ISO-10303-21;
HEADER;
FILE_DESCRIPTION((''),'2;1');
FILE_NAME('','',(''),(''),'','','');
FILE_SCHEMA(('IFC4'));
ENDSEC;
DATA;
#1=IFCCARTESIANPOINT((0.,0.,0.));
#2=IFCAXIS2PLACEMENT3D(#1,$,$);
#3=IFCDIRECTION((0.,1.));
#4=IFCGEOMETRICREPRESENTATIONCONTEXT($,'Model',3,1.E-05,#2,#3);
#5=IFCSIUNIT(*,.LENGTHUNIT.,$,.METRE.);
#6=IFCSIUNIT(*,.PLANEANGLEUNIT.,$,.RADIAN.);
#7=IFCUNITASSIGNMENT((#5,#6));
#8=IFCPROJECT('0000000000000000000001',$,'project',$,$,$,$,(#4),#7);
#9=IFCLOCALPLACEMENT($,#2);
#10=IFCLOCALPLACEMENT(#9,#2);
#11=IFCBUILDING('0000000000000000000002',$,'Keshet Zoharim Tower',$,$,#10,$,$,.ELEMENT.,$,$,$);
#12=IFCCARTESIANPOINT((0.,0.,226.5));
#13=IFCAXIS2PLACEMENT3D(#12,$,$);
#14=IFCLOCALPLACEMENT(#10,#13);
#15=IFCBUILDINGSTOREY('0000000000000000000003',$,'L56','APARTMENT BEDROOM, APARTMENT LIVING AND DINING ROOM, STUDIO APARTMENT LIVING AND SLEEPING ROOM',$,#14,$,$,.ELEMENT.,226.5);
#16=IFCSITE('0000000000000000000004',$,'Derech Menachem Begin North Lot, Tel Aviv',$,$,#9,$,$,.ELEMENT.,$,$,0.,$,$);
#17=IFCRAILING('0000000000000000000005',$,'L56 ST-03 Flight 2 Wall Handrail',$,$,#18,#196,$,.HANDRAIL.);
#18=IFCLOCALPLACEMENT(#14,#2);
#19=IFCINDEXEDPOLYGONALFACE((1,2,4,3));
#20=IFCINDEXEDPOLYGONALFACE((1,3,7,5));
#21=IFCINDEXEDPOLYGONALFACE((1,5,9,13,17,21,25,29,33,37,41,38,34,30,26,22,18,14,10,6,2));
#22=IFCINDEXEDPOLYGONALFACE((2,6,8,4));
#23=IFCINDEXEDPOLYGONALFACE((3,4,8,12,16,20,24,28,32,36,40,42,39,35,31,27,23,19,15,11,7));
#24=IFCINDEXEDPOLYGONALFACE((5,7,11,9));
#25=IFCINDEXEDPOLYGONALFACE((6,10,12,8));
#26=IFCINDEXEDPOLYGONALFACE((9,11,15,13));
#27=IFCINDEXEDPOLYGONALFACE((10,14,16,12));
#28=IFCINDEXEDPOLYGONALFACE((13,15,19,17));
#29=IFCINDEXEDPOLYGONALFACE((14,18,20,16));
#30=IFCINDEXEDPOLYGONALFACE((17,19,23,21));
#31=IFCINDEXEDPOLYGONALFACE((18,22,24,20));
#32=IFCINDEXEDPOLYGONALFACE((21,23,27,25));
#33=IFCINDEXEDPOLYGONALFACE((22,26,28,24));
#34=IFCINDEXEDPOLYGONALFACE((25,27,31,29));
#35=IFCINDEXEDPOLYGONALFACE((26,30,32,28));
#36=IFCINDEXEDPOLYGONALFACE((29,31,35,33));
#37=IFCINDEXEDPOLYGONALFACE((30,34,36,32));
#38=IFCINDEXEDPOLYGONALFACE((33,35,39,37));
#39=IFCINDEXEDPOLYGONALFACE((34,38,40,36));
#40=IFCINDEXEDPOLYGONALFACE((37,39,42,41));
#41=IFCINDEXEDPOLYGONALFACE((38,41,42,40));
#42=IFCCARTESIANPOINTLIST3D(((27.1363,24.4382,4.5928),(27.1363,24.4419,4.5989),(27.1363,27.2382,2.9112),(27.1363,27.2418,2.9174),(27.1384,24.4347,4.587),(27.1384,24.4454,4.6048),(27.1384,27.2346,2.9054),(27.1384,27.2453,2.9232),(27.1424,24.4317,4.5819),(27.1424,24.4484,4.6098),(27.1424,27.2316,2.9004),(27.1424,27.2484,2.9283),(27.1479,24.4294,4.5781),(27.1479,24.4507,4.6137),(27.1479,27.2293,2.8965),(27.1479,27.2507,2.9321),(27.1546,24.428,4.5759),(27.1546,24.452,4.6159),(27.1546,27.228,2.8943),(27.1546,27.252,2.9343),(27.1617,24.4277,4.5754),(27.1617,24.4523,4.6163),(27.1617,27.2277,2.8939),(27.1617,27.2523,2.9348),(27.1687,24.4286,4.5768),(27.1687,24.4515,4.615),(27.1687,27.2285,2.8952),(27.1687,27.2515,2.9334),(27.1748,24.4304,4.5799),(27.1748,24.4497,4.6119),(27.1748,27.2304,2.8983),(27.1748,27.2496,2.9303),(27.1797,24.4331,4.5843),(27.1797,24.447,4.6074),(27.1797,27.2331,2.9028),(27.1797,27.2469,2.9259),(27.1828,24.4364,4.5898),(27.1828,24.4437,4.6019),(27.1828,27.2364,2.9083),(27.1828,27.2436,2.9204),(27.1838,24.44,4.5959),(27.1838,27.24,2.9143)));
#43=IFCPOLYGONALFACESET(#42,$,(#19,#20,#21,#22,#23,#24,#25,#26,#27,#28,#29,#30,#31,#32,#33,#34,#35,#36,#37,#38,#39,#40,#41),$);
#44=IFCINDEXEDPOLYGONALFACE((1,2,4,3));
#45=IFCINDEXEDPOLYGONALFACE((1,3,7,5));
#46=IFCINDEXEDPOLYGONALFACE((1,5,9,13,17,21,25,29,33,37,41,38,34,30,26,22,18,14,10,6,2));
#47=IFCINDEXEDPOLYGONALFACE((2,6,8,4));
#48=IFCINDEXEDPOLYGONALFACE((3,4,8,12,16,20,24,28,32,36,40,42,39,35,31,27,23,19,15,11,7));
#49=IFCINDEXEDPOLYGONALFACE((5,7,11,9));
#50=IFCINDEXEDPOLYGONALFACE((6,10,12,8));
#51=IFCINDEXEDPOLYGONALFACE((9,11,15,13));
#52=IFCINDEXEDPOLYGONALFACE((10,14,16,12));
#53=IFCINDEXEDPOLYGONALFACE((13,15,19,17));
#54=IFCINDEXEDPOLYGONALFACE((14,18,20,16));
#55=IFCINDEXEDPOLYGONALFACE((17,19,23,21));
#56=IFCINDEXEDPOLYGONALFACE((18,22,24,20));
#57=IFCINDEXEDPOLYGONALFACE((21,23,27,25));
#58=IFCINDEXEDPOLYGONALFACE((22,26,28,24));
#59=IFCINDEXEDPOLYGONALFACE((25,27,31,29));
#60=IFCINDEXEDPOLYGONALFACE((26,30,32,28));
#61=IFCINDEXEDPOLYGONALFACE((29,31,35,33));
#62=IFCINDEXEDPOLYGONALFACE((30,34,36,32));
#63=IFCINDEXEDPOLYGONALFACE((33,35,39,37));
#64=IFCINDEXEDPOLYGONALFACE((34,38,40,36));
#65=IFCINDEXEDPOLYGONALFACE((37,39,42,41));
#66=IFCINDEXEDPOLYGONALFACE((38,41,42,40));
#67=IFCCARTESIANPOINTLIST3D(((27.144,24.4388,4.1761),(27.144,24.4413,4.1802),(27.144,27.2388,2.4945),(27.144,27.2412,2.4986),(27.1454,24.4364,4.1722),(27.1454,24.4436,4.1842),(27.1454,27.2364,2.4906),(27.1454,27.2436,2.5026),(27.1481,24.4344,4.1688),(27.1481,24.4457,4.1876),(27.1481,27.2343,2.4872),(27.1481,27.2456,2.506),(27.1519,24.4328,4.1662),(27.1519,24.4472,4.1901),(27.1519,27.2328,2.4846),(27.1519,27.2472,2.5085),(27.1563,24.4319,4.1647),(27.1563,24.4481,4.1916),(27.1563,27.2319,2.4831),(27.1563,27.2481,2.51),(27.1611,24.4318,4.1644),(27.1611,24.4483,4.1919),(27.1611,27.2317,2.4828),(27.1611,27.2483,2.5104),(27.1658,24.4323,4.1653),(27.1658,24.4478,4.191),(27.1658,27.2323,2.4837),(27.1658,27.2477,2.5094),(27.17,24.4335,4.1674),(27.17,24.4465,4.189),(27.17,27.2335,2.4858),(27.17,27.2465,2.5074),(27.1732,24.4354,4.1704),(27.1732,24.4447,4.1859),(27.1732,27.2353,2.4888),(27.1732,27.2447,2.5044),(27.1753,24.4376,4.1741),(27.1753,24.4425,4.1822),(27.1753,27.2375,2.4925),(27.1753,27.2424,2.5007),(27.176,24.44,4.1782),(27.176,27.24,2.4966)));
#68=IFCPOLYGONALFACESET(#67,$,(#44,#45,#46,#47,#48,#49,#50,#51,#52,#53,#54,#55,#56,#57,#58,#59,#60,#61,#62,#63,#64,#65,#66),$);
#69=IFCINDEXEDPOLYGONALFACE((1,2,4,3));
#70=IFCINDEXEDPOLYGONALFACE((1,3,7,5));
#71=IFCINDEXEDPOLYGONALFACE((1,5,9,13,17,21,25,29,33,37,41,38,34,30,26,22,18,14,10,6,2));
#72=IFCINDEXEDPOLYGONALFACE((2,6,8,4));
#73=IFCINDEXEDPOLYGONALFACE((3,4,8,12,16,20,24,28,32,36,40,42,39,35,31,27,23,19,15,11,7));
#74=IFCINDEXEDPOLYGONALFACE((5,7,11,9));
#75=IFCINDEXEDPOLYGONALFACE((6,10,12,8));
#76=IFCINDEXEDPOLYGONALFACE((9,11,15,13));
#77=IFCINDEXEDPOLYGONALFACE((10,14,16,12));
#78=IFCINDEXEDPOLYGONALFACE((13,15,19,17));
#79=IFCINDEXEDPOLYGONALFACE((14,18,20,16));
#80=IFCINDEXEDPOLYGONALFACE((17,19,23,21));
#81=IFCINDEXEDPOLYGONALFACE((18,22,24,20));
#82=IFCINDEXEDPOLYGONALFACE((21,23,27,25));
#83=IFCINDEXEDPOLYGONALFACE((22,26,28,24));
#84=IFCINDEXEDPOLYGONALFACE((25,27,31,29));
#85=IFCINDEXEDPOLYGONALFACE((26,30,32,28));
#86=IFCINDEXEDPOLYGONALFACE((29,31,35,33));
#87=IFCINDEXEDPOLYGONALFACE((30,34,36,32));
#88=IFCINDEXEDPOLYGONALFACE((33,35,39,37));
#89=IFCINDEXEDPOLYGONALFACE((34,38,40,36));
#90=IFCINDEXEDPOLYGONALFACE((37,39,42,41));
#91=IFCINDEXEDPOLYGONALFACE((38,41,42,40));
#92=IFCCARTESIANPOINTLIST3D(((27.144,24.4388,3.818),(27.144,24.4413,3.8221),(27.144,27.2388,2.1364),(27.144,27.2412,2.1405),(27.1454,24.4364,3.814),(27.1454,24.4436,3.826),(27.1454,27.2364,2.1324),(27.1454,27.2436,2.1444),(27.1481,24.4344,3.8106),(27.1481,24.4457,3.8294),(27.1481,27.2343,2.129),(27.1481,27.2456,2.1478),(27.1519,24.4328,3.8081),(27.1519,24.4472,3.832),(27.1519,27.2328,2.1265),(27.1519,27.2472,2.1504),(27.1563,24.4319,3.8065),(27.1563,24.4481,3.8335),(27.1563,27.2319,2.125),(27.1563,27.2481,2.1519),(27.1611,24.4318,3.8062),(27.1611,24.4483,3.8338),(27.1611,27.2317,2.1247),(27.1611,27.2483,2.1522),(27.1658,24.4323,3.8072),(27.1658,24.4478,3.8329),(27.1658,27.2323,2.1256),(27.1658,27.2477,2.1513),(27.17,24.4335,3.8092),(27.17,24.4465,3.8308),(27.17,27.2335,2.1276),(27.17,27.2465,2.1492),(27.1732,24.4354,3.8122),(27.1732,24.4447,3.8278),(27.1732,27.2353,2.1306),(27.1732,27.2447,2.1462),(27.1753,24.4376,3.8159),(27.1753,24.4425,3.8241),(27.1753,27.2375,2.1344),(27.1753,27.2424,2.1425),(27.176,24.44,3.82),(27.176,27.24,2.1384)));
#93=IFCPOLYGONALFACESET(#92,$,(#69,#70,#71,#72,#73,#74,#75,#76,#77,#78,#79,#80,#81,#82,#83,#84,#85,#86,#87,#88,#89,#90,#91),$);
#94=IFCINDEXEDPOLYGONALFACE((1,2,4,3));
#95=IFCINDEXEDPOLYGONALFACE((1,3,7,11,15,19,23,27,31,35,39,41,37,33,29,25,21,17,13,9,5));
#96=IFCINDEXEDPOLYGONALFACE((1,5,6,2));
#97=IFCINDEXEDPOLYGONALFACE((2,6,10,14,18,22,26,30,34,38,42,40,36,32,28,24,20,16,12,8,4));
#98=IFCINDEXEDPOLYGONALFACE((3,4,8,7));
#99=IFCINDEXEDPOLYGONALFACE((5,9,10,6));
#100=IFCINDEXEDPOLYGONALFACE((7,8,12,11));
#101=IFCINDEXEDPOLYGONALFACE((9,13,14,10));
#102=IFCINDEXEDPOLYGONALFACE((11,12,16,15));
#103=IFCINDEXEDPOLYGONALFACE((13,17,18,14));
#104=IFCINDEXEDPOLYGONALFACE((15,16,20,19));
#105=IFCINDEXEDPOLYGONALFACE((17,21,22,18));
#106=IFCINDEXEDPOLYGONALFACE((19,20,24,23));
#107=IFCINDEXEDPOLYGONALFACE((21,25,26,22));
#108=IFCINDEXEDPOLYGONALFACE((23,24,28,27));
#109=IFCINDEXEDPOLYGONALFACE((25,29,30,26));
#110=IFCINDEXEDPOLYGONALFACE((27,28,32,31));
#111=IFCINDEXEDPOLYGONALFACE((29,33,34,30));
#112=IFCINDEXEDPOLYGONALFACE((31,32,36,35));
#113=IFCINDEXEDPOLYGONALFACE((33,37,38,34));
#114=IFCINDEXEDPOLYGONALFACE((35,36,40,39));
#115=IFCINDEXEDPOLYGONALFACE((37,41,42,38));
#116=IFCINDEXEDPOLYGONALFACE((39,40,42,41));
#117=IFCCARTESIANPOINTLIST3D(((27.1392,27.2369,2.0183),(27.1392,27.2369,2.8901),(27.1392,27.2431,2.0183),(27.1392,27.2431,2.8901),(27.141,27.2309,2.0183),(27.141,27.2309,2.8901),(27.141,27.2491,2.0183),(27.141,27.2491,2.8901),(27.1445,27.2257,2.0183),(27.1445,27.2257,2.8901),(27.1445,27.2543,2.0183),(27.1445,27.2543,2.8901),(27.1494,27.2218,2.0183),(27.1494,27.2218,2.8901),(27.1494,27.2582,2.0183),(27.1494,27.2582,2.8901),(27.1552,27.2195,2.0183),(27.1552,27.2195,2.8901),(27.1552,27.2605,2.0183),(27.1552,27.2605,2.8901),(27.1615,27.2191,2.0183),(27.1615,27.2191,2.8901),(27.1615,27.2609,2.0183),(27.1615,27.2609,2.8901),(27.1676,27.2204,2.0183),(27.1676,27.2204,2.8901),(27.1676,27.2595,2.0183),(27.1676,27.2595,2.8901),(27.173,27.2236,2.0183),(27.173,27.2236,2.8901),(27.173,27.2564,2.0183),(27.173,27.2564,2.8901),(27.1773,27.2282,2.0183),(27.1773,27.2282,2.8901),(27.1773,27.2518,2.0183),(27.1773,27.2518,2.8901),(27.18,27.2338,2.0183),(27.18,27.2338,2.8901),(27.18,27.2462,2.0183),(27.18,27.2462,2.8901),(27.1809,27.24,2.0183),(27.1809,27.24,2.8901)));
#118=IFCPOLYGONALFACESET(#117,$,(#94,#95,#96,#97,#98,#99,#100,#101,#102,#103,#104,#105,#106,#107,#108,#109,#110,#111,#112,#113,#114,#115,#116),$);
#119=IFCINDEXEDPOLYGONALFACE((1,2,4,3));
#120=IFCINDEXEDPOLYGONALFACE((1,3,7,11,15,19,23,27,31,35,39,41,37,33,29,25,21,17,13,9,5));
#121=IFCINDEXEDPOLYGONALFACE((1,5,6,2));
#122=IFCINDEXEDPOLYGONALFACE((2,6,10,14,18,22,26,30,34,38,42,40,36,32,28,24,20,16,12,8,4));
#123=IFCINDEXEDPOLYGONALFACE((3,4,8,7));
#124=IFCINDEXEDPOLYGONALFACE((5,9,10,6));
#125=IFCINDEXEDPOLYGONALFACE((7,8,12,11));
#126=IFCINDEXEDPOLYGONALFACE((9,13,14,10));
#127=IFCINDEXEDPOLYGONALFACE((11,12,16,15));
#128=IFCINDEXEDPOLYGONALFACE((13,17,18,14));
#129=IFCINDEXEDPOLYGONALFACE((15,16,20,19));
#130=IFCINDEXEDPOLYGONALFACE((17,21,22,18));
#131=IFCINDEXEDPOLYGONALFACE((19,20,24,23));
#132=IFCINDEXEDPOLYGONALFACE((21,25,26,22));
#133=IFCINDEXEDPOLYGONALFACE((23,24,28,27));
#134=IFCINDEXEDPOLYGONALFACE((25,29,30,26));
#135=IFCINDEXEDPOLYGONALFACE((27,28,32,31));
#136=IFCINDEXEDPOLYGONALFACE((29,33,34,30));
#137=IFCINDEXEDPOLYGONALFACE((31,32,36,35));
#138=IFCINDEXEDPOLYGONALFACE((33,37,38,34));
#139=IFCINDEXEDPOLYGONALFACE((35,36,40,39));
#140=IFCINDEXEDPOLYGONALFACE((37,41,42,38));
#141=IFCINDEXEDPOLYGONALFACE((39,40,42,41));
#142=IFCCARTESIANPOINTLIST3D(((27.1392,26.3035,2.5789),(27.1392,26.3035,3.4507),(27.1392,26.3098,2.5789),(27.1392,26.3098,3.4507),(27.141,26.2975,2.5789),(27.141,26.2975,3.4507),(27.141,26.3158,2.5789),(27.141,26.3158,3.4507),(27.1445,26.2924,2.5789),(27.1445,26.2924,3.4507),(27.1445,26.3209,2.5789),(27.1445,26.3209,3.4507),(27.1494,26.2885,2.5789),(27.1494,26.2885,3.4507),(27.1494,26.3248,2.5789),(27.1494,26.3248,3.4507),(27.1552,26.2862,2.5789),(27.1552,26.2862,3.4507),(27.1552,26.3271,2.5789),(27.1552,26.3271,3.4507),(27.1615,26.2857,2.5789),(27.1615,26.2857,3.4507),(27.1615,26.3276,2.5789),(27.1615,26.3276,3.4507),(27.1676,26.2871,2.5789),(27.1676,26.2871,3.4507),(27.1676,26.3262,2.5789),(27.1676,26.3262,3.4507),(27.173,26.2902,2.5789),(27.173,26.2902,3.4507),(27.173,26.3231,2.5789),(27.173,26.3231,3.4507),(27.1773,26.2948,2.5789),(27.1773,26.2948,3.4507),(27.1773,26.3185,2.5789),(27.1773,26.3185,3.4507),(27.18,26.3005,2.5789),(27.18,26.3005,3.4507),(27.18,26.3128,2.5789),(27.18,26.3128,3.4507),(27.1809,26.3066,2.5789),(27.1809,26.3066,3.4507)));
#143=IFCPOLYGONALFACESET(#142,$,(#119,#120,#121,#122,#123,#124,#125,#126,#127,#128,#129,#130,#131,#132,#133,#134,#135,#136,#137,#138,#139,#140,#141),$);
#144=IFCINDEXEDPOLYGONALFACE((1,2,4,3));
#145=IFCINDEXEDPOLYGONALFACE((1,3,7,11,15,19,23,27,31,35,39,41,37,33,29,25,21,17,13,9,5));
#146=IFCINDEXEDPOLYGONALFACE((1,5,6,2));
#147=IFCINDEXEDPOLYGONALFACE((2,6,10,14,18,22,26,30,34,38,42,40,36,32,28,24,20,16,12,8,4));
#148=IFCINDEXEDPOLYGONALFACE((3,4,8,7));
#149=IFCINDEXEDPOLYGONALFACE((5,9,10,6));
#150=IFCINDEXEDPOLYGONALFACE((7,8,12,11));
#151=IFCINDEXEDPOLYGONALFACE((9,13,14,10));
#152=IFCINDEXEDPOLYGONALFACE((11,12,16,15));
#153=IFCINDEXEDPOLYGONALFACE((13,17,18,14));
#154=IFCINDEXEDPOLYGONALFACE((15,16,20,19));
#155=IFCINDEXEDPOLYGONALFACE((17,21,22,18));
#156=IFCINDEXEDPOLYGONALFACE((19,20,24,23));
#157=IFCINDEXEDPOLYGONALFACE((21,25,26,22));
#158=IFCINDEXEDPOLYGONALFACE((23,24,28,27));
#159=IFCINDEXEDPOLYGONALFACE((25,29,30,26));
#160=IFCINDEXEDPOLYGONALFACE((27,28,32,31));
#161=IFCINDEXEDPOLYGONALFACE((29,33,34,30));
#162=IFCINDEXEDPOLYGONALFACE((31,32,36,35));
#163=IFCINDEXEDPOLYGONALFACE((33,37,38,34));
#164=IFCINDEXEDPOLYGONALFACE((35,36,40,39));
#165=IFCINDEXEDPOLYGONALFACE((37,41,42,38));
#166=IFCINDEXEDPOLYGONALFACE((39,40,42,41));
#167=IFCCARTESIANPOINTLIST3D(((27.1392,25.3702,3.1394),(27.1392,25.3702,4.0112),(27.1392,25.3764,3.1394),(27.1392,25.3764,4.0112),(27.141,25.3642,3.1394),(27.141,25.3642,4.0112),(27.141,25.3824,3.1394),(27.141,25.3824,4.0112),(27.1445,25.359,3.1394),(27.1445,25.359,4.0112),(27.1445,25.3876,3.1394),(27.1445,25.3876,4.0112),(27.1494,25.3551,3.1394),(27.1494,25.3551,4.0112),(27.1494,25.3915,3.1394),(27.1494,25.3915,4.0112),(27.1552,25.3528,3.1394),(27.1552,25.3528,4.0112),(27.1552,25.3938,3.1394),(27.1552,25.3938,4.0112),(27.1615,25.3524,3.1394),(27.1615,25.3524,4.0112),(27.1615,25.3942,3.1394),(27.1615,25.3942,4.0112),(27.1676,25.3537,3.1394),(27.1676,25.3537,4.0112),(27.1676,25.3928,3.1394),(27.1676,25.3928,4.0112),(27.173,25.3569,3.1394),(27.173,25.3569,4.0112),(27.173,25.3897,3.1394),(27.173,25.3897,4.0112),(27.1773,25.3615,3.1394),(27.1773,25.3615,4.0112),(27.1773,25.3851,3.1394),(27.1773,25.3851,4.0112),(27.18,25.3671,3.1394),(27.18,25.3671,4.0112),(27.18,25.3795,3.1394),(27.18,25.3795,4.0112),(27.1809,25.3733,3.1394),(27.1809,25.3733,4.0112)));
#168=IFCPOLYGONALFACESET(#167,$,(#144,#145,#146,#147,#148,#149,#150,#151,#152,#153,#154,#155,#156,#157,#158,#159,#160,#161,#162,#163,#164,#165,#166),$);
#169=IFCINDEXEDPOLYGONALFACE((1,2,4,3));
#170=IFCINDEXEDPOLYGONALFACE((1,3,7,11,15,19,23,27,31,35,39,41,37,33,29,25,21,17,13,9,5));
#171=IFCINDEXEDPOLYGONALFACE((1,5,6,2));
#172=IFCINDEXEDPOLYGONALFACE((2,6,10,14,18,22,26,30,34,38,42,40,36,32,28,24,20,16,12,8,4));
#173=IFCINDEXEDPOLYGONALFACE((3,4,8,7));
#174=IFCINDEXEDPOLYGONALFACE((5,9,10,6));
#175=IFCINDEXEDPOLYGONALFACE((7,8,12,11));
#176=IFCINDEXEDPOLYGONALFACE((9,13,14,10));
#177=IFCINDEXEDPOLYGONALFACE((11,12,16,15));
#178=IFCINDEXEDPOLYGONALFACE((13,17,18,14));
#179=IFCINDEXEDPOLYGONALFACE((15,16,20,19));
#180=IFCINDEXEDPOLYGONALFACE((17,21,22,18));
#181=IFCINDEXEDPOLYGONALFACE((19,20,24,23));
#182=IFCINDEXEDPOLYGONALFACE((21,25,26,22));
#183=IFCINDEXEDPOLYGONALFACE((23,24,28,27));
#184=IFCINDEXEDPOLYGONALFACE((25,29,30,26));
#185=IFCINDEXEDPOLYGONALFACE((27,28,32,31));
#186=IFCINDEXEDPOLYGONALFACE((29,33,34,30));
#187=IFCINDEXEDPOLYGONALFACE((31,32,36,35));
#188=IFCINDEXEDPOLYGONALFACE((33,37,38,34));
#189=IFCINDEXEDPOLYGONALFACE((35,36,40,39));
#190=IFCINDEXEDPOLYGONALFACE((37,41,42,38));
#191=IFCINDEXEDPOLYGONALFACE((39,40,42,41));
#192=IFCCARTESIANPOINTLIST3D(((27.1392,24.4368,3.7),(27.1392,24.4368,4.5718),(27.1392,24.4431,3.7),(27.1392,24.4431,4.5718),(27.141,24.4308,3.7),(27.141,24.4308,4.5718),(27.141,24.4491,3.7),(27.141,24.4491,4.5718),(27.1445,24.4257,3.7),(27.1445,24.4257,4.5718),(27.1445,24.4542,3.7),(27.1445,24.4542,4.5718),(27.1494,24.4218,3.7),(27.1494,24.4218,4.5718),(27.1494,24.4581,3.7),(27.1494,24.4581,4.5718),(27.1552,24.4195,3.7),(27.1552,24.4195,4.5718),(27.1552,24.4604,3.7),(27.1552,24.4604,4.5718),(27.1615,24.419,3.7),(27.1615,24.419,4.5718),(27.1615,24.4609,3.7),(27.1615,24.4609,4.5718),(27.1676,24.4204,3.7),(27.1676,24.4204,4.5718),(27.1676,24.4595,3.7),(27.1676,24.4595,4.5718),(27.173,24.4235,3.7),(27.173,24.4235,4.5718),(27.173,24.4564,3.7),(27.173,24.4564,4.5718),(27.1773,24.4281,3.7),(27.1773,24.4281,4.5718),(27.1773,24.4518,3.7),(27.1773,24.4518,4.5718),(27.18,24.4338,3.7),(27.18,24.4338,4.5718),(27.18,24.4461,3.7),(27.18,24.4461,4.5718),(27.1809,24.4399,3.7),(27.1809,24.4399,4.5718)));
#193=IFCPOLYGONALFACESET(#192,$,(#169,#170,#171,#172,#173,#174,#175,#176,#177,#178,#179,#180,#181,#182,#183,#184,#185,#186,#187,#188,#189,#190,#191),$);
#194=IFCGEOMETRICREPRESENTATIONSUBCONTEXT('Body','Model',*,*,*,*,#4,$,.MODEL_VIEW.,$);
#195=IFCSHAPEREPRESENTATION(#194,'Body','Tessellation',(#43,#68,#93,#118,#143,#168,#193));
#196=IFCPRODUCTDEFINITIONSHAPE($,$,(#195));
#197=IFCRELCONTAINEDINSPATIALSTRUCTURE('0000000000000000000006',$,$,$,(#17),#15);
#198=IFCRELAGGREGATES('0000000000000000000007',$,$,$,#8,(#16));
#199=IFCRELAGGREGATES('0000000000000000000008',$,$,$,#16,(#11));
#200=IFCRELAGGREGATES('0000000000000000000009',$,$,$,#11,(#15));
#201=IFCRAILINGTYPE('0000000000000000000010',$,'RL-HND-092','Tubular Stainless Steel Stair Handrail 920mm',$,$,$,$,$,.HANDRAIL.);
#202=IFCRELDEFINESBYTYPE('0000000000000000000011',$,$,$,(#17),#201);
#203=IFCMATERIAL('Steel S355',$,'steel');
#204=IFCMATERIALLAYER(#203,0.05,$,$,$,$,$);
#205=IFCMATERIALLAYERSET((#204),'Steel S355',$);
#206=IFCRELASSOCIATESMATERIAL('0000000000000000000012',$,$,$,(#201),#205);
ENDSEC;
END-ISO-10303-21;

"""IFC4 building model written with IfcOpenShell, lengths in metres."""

from ifc_helpers import new_model, si_unit, direction, frame, origin, origin_2d, place, context, subcontext, project, spatial, circle, extrude, material, layer, layer_set, type_object, element, save


model = new_model("IFC4")

# Units and contexts
model_context = context("Model", 3, precision=1e-05, world=origin(), true_north=direction((0.0, 1.0)))
body_context = subcontext(model_context, "Body", "Model", "MODEL_VIEW")
ifc_project = project(units=[si_unit("LENGTHUNIT", "METRE"), si_unit("PLANEANGLEUNIT", "RADIAN")], contexts=[model_context])

# Site, building, storey
site_placement = place(None, origin())
site = spatial("IfcSite", under=ifc_project, at=site_placement, Name="Derech Menachem Begin North Lot, Tel Aviv", CompositionType="ELEMENT", RefElevation=0.0)
building_placement = place(site_placement, origin())
building = spatial("IfcBuilding", under=site, at=building_placement, Name="Keshet Zoharim Tower", CompositionType="ELEMENT")
storey_placement = place(building_placement, frame((0.0, 0.0, 226.5)))
storey = spatial("IfcBuildingStorey", under=building, at=storey_placement, Name="L56", Description="APARTMENT BEDROOM, APARTMENT LIVING AND DINING ROOM, STUDIO APARTMENT LIVING AND SLEEPING ROOM", CompositionType="ELEMENT", Elevation=226.5)

# Railing
ifc_material_1 = material(Name="Steel S355", Category="steel")
ifc_layer_1 = layer(ifc_material_1, 0.05)
ifc_layer_set_1 = layer_set([ifc_layer_1], Name="Steel S355")
railing_type = type_object("IfcRailingType", Name="RL-HND-092", Description="Tubular Stainless Steel Stair Handrail 920mm", PredefinedType="HANDRAIL", material=ifc_layer_set_1)
railing_placement = place(storey_placement, frame((27.1599, 27.24, 2.0183)))
element("IfcRailing", 1, at=railing_placement, inside=storey, type_object=railing_type, Name="L56 ST-03 Flight 2 Wall Handrail", PredefinedType="HANDRAIL", context=body_context, shape_type="SweptSolid", body=[
    extrude(circle(Radius=0.0239, at=origin_2d()), frame((0.0, 0.0, 0.896), z_axis=(0.0, -0.857275, 0.514858), x_axis=(1.0, 0.0, 0.0)), (0.0, 0.0, 1.0), 3.2661),
    extrude(circle(Radius=0.0161, at=origin_2d()), frame((0.0, 0.0, 0.4783), z_axis=(0.0, -0.857275, 0.514858), x_axis=(1.0, 0.0, 0.0)), (0.0, 0.0, 1.0), 3.2661),
    extrude(circle(Radius=0.0161, at=origin_2d()), frame((0.0, 0.0, 0.1201), z_axis=(0.0, -0.857275, 0.514858), x_axis=(1.0, 0.0, 0.0)), (0.0, 0.0, 1.0), 3.2661),
    extrude(circle(Radius=0.021, at=origin_2d()), origin(), (0.0, 0.0, 1.0), 0.8718),
    extrude(circle(Radius=0.021, at=origin_2d()), frame((0.0, -0.9333, 0.5605)), (0.0, 0.0, 1.0), 0.8718),
    extrude(circle(Radius=0.021, at=origin_2d()), frame((0.0, -1.8667, 1.1211)), (0.0, 0.0, 1.0), 0.8718),
    extrude(circle(Radius=0.021, at=origin_2d()), frame((0.0, -2.8, 1.6816)), (0.0, 0.0, 1.0), 0.8718),
])

save(model, "model.ifc")
